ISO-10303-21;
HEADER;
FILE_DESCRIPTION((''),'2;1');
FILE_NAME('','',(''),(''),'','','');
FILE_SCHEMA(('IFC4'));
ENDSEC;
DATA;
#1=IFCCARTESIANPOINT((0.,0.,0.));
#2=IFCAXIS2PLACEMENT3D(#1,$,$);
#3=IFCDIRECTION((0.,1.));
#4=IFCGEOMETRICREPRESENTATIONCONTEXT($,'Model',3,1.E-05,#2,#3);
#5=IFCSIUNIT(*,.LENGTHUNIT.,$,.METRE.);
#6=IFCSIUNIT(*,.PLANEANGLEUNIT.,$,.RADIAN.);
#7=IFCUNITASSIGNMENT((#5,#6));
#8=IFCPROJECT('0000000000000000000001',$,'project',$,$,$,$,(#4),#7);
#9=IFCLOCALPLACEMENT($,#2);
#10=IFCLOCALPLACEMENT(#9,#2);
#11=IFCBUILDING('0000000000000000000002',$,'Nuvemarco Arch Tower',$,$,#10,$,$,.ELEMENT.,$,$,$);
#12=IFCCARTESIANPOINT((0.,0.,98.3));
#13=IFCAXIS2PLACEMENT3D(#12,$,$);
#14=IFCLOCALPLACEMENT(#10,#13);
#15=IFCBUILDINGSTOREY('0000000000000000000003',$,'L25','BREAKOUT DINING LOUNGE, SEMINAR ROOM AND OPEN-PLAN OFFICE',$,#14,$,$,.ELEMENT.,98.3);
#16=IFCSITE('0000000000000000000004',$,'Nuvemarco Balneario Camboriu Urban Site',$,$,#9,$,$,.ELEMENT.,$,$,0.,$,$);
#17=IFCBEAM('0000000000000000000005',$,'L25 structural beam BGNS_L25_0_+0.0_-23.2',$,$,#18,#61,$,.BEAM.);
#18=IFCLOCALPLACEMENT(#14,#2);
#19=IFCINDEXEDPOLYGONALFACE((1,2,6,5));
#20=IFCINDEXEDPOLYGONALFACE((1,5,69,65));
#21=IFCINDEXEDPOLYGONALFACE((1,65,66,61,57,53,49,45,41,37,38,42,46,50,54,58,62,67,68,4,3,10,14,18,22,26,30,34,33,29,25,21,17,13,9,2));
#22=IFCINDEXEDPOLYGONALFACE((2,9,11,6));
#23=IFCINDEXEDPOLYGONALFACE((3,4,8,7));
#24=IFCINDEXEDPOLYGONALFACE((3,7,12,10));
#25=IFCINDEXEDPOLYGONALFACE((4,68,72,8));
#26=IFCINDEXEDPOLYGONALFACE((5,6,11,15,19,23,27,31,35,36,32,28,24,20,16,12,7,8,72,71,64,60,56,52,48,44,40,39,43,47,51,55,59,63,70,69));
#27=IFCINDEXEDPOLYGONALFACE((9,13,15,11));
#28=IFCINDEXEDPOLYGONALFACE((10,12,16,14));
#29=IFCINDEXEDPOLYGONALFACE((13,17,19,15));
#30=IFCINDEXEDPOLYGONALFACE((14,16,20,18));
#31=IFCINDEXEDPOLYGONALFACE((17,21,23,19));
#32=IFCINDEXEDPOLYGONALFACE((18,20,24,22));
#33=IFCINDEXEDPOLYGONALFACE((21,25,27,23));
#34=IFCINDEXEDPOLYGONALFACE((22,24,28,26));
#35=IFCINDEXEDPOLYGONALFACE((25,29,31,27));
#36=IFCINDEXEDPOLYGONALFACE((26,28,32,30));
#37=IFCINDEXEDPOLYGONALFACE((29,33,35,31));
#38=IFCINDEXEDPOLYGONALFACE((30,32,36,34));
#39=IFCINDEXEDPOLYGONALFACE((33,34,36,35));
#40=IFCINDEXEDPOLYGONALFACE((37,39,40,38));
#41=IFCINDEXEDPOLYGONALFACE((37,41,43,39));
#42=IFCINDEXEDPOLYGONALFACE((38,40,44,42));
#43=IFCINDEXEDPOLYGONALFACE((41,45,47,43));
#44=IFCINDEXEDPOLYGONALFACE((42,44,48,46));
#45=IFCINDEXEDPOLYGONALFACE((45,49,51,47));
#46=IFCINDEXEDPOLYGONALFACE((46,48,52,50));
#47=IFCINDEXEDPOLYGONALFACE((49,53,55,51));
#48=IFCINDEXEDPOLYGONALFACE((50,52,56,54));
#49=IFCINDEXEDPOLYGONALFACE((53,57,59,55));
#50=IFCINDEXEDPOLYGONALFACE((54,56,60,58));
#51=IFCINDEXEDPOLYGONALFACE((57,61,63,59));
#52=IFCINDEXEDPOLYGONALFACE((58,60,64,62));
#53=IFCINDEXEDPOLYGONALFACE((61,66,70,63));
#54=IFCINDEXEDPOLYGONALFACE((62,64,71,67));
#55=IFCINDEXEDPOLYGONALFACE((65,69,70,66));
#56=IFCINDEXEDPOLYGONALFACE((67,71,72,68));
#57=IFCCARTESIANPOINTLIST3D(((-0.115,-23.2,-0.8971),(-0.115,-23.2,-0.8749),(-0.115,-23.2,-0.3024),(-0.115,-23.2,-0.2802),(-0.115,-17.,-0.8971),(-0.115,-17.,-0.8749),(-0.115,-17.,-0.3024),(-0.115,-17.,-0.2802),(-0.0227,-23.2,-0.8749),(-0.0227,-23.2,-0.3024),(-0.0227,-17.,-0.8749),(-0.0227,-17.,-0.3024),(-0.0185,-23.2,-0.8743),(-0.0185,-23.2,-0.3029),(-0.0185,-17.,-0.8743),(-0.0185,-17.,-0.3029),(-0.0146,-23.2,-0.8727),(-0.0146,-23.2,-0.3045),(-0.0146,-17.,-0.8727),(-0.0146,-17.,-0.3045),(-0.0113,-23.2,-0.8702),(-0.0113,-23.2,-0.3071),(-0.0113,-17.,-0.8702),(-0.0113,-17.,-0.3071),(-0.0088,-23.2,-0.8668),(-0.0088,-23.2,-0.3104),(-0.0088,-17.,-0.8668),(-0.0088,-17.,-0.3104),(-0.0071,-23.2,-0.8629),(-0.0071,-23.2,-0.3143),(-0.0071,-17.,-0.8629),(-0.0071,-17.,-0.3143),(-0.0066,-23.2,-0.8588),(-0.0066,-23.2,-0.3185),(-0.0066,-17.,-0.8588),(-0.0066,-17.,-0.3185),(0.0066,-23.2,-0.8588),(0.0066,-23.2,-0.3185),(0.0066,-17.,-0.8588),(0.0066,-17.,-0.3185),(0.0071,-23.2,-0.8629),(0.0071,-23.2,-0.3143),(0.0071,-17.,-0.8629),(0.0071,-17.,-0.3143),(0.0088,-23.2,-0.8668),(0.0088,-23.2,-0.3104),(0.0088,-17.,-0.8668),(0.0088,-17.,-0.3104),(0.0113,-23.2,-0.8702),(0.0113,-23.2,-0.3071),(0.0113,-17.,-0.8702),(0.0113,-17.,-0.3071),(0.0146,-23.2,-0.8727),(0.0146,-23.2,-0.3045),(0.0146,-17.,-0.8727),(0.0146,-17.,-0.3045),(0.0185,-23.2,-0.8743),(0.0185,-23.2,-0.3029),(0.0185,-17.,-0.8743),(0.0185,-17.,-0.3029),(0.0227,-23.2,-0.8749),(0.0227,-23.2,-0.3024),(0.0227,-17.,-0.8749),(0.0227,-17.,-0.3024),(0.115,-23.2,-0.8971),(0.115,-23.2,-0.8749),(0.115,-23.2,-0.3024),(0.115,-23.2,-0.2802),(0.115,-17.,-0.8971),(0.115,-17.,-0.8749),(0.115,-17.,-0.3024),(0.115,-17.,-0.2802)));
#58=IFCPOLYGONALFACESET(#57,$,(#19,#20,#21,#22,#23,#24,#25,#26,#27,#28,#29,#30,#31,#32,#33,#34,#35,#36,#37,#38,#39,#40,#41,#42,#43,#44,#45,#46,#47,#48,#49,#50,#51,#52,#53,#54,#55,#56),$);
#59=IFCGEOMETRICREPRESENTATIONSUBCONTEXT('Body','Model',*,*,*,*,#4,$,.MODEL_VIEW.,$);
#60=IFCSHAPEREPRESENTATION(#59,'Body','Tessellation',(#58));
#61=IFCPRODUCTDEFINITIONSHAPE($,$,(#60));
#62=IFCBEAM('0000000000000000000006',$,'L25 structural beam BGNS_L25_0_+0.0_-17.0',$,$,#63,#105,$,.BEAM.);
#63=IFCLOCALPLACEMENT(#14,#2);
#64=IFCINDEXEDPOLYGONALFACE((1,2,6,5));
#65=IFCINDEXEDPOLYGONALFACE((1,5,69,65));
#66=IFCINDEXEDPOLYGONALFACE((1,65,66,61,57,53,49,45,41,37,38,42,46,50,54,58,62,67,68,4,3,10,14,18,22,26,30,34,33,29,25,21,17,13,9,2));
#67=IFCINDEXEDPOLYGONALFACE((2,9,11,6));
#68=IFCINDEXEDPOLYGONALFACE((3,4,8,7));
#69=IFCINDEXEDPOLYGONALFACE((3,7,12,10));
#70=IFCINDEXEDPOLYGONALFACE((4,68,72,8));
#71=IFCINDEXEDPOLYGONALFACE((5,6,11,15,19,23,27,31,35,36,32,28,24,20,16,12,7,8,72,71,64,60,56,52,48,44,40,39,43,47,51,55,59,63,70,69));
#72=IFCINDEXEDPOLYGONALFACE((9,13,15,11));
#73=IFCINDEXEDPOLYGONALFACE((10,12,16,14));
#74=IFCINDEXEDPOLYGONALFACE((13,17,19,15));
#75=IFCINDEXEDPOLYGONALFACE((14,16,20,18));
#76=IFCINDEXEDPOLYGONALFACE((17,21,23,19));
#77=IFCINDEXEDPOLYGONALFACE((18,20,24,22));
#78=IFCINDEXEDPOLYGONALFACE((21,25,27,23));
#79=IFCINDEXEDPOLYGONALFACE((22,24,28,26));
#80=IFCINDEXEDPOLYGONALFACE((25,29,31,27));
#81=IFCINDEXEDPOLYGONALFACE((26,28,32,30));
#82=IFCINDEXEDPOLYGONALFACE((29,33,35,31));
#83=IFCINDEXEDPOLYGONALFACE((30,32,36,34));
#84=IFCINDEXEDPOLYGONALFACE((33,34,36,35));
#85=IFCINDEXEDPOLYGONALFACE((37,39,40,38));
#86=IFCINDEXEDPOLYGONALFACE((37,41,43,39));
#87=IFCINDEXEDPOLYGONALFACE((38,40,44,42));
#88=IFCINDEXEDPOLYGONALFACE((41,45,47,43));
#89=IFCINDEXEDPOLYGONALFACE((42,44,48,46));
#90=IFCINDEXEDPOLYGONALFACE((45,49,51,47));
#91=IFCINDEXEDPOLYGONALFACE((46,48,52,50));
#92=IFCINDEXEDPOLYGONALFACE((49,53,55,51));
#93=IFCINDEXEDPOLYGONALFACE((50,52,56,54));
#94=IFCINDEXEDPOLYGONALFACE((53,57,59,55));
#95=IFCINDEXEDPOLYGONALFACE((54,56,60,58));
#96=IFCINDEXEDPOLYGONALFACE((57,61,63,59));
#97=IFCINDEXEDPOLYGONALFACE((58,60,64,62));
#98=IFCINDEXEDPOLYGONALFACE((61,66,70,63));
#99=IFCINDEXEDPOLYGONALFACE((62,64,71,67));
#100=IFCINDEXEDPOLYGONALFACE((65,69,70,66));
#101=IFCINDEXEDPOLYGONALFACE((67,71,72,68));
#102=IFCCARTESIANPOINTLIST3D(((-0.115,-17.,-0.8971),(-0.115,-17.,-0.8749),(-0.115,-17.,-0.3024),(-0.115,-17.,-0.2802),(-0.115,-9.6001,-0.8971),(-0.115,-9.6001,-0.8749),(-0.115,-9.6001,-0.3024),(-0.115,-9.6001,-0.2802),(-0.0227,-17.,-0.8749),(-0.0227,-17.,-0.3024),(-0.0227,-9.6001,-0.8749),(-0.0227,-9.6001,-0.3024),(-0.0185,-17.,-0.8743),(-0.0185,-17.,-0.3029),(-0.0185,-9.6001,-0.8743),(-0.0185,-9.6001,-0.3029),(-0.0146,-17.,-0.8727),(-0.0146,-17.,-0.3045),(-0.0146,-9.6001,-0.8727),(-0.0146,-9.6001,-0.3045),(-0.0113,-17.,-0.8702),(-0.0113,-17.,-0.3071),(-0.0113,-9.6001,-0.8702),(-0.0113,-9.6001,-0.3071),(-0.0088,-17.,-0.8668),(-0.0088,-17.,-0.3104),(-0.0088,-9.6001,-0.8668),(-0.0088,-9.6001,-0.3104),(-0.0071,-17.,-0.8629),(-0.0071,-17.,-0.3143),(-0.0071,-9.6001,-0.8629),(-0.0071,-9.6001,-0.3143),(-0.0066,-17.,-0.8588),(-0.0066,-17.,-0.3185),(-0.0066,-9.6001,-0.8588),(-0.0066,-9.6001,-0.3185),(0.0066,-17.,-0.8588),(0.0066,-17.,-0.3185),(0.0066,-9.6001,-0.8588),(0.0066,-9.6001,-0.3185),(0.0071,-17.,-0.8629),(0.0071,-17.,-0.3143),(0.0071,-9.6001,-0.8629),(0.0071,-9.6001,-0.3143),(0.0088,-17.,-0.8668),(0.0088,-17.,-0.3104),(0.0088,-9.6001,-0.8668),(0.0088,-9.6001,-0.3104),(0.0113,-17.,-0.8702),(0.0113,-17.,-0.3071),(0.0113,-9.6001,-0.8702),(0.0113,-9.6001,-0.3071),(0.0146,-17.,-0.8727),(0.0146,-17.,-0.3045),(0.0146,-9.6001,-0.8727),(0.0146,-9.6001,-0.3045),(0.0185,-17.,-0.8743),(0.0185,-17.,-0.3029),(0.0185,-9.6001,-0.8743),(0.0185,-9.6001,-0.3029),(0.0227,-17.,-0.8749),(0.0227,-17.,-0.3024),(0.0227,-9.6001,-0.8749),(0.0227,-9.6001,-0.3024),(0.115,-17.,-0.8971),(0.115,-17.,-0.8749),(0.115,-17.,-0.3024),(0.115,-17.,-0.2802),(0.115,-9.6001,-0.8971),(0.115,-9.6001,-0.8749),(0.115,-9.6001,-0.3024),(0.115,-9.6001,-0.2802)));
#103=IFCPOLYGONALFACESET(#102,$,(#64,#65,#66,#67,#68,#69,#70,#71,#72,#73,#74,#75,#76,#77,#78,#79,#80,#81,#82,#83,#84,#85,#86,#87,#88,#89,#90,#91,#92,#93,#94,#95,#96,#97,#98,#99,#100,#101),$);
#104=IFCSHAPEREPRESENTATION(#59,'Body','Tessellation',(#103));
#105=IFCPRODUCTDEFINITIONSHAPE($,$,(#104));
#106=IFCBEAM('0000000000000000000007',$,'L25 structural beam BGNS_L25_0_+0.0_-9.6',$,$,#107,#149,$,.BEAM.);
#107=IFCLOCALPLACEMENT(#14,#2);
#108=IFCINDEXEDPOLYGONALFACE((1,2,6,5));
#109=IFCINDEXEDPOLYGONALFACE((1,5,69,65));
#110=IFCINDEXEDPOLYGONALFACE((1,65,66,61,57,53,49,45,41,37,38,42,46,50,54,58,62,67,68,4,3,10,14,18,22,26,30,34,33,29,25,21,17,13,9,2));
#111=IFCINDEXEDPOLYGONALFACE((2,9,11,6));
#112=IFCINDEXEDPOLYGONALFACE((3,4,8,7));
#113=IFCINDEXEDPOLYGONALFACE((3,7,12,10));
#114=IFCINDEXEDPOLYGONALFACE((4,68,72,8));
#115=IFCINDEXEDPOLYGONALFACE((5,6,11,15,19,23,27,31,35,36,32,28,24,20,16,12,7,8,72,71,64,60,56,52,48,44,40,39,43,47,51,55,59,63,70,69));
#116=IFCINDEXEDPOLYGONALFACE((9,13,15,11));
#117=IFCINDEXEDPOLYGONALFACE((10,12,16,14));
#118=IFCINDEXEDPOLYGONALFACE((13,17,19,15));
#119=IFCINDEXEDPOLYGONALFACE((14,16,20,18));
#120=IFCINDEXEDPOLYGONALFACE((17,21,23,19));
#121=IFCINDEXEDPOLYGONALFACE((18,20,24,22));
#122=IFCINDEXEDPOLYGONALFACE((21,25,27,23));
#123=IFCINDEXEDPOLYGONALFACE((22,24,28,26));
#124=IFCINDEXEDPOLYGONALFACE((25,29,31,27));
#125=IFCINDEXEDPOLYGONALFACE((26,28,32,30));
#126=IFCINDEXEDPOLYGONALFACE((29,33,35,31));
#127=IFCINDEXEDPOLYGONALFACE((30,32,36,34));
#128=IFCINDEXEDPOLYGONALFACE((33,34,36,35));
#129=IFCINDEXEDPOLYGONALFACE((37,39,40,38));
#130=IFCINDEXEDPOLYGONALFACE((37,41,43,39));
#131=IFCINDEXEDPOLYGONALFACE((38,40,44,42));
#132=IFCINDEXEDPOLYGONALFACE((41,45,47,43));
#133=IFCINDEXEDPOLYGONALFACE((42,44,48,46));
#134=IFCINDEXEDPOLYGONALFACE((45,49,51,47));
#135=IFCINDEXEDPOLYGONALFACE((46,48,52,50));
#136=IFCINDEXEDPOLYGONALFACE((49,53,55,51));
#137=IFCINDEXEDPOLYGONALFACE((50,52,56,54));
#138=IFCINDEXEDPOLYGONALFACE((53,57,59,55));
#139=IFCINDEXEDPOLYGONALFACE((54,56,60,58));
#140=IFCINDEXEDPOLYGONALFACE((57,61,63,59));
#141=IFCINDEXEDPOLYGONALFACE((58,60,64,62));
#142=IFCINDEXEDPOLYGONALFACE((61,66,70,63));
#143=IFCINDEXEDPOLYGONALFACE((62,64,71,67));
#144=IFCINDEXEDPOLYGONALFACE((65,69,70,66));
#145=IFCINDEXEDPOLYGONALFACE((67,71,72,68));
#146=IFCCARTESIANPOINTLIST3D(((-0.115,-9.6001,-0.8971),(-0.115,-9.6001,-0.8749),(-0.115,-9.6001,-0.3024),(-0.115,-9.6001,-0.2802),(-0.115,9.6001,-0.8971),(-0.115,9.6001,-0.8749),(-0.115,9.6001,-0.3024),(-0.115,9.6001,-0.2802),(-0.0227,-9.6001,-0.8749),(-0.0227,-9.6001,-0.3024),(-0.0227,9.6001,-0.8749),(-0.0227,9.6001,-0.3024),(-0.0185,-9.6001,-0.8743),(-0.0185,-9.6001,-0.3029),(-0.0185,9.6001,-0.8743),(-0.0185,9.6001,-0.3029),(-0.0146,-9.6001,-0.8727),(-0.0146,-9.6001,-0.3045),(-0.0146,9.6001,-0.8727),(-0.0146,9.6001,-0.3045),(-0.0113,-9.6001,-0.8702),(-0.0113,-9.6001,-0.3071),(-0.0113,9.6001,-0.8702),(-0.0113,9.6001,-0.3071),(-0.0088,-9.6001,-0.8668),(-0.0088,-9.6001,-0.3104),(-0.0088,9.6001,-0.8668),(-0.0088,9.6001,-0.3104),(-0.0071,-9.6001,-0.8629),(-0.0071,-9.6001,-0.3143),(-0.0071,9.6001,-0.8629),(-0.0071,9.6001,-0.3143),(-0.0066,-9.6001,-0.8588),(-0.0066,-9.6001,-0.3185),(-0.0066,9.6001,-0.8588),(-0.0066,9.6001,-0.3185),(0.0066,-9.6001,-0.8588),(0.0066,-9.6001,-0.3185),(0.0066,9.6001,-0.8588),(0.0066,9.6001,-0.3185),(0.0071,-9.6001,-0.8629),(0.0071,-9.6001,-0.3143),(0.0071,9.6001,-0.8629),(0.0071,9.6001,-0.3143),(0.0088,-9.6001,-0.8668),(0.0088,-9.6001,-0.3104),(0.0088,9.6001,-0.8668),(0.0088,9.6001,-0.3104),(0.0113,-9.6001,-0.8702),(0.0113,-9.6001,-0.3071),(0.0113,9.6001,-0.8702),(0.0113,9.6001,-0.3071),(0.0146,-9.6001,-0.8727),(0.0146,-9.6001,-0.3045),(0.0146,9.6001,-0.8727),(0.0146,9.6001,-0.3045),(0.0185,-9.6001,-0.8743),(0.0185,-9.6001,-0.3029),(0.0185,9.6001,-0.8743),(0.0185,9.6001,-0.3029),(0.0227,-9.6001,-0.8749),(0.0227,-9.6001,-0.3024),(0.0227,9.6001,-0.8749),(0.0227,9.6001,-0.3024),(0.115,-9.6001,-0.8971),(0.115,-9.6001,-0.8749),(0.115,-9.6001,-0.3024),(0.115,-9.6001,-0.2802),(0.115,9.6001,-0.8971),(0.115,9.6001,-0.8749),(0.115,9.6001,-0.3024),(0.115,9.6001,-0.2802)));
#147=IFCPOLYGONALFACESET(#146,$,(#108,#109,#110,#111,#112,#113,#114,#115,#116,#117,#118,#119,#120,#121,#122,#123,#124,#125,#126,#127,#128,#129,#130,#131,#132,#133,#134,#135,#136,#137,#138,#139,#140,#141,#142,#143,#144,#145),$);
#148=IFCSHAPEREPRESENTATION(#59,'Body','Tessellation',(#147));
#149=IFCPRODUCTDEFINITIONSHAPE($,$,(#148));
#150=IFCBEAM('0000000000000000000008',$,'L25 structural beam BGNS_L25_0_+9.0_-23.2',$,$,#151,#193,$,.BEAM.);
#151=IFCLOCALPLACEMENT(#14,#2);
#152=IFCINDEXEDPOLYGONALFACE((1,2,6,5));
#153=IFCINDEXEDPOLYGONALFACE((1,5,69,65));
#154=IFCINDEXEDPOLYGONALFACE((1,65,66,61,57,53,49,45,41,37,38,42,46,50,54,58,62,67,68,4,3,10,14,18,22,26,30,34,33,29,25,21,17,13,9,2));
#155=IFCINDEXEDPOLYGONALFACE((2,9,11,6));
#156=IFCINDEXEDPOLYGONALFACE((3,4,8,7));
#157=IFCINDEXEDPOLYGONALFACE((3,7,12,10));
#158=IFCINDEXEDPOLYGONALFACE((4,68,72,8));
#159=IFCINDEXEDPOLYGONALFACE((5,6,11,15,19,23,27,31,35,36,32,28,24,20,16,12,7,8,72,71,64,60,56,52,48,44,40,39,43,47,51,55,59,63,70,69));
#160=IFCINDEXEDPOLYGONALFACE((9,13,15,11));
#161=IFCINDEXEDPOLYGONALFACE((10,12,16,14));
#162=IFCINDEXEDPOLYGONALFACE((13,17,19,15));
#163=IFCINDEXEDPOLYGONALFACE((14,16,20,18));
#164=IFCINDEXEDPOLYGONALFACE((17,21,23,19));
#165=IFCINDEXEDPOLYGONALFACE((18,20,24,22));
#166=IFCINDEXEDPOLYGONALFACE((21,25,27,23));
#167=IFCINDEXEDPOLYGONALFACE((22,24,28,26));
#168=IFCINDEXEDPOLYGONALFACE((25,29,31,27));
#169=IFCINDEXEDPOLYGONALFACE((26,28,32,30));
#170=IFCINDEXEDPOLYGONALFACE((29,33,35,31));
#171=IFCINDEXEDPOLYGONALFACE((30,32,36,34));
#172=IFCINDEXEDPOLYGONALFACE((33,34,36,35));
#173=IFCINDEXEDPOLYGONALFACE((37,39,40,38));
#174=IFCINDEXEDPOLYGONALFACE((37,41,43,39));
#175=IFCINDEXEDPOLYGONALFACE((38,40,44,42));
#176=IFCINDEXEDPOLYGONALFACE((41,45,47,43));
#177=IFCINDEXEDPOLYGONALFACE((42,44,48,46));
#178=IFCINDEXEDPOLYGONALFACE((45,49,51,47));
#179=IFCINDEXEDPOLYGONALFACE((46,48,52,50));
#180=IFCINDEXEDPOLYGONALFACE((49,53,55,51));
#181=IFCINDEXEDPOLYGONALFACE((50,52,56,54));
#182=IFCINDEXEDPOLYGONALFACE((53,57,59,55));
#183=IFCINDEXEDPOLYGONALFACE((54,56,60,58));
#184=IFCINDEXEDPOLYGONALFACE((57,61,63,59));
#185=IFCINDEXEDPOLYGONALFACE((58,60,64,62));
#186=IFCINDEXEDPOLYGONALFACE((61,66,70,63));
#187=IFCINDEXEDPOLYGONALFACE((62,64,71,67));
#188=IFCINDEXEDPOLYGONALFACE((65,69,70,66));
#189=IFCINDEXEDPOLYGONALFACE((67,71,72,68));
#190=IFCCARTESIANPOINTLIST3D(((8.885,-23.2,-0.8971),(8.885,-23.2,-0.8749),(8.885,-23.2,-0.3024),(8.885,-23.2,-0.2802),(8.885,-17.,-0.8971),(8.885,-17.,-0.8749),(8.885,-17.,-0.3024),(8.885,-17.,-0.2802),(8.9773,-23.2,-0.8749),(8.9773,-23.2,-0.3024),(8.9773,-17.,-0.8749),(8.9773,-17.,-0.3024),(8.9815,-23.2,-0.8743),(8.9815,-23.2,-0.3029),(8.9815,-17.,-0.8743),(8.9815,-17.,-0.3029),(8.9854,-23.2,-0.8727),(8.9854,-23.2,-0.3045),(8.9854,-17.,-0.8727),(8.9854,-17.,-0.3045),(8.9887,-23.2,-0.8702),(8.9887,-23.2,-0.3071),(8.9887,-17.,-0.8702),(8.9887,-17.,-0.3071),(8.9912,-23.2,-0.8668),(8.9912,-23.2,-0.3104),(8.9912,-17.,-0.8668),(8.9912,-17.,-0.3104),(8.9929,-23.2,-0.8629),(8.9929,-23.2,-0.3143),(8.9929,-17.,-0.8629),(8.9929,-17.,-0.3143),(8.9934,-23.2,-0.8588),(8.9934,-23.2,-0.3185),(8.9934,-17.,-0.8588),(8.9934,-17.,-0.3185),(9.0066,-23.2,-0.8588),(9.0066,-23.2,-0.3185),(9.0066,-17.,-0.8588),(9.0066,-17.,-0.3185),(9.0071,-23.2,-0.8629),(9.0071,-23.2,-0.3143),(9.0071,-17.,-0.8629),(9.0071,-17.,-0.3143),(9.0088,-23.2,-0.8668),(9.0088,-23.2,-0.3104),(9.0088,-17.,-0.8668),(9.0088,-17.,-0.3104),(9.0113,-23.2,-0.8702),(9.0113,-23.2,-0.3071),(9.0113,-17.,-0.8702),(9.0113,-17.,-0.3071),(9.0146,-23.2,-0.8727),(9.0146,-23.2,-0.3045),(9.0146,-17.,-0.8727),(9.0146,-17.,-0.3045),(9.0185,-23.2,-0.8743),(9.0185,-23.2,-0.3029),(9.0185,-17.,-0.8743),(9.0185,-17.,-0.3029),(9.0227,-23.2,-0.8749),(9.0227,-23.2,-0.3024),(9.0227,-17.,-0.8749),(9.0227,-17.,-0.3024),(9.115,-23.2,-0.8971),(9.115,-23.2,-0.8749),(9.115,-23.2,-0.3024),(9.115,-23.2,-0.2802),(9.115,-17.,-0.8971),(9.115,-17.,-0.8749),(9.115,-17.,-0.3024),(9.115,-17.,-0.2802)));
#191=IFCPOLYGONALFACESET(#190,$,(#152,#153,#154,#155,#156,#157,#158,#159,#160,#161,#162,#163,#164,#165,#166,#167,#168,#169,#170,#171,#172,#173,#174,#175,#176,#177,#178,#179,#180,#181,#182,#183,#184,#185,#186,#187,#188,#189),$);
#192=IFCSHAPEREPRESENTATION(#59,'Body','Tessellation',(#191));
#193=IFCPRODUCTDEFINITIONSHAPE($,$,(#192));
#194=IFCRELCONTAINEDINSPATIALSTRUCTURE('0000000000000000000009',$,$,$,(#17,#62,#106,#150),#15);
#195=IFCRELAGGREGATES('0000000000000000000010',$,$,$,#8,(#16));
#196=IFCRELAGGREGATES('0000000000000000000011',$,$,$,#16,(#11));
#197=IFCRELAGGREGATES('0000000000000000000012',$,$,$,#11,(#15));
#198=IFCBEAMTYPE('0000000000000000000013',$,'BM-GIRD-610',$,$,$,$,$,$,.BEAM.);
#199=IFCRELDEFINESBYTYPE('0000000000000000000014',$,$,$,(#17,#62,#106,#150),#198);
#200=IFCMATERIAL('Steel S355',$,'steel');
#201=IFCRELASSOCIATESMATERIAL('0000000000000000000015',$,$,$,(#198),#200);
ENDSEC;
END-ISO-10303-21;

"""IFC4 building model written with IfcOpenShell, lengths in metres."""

from ifc_helpers import new_model, si_unit, direction, frame, origin, origin_2d, place, context, subcontext, project, spatial, i_section, extrude, material, material_profile, profile_set, type_object, element, save


model = new_model("IFC4")

# Units and contexts
model_context = context("Model", 3, precision=1e-05, world=origin(), true_north=direction((0.0, 1.0)))
body_context = subcontext(model_context, "Body", "Model", "MODEL_VIEW")
ifc_project = project(units=[si_unit("LENGTHUNIT", "METRE"), si_unit("PLANEANGLEUNIT", "RADIAN")], contexts=[model_context])

# Site, building, storey
site_placement = place(None, origin())
site = spatial("IfcSite", under=ifc_project, at=site_placement, Name="Nuvemarco Balneario Camboriu Urban Site", CompositionType="ELEMENT", RefElevation=0.0)
building_placement = place(site_placement, origin())
building = spatial("IfcBuilding", under=site, at=building_placement, Name="Nuvemarco Arch Tower", CompositionType="ELEMENT")
storey_placement = place(building_placement, frame((0.0, 0.0, 98.3)))
storey = spatial("IfcBuildingStorey", under=building, at=storey_placement, Name="L25", Description="BREAKOUT DINING LOUNGE, SEMINAR ROOM AND OPEN-PLAN OFFICE", CompositionType="ELEMENT", Elevation=98.3)

# Shared definitions
ifc_material_1 = material(Name="Steel S355", Category="steel")

# Beams
ifc_material_profile_1 = material_profile(ifc_material_1, i_section(OverallWidth=0.23, OverallDepth=0.6169, WebThickness=0.0132, FlangeThickness=0.0222, FilletRadius=0.0161, at=origin_2d()), Name="W610x140")
ifc_profile_set_1 = profile_set([ifc_material_profile_1], Name="Steel S355")
beam_type_1 = type_object("IfcBeamType", Name="BM-GIRD-610", PredefinedType="BEAM", material=ifc_profile_set_1)
beam_1_placement = place(storey_placement, frame((0.0, -23.2, -0.5886), z_axis=(0.0, 1.0, 0.0), x_axis=(-1.0, 0.0, 0.0)))
element("IfcBeam", 1, at=beam_1_placement, inside=storey, type_object=beam_type_1, Name="L25 structural beam BGNS_L25_0_+0.0_-23.2", PredefinedType="BEAM", context=body_context, shape_type="SweptSolid", body=[
    extrude(i_section(OverallWidth=0.23, OverallDepth=0.6169, WebThickness=0.0132, FlangeThickness=0.0222, FilletRadius=0.0161, at=origin_2d()), origin(), (0.0, 0.0, 1.0), 6.2),
])
beam_2_placement = place(storey_placement, frame((0.0, -17.0, -0.5886), z_axis=(0.0, 1.0, 0.0), x_axis=(-1.0, 0.0, 0.0)))
element("IfcBeam", 2, at=beam_2_placement, inside=storey, type_object=beam_type_1, Name="L25 structural beam BGNS_L25_0_+0.0_-17.0", PredefinedType="BEAM", context=body_context, shape_type="SweptSolid", body=[
    extrude(i_section(OverallWidth=0.23, OverallDepth=0.6169, WebThickness=0.0132, FlangeThickness=0.0222, FilletRadius=0.0161, at=origin_2d()), origin(), (0.0, 0.0, 1.0), 7.3999),
])
beam_3_placement = place(storey_placement, frame((0.0, -9.6001, -0.5886), z_axis=(0.0, 1.0, 0.0), x_axis=(-1.0, 0.0, 0.0)))
element("IfcBeam", 3, at=beam_3_placement, inside=storey, type_object=beam_type_1, Name="L25 structural beam BGNS_L25_0_+0.0_-9.6", PredefinedType="BEAM", context=body_context, shape_type="SweptSolid", body=[
    extrude(i_section(OverallWidth=0.23, OverallDepth=0.6169, WebThickness=0.0132, FlangeThickness=0.0222, FilletRadius=0.0161, at=origin_2d()), origin(), (0.0, 0.0, 1.0), 19.2002),
])
beam_4_placement = place(storey_placement, frame((9.0, -23.2, -0.5886), z_axis=(0.0, 1.0, 0.0), x_axis=(-1.0, 0.0, 0.0)))
element("IfcBeam", 4, at=beam_4_placement, inside=storey, type_object=beam_type_1, Name="L25 structural beam BGNS_L25_0_+9.0_-23.2", PredefinedType="BEAM", context=body_context, shape_type="SweptSolid", body=[
    extrude(i_section(OverallWidth=0.23, OverallDepth=0.6169, WebThickness=0.0132, FlangeThickness=0.0222, FilletRadius=0.0161, at=origin_2d()), origin(), (0.0, 0.0, 1.0), 6.2),
])

save(model, "model.ifc")
